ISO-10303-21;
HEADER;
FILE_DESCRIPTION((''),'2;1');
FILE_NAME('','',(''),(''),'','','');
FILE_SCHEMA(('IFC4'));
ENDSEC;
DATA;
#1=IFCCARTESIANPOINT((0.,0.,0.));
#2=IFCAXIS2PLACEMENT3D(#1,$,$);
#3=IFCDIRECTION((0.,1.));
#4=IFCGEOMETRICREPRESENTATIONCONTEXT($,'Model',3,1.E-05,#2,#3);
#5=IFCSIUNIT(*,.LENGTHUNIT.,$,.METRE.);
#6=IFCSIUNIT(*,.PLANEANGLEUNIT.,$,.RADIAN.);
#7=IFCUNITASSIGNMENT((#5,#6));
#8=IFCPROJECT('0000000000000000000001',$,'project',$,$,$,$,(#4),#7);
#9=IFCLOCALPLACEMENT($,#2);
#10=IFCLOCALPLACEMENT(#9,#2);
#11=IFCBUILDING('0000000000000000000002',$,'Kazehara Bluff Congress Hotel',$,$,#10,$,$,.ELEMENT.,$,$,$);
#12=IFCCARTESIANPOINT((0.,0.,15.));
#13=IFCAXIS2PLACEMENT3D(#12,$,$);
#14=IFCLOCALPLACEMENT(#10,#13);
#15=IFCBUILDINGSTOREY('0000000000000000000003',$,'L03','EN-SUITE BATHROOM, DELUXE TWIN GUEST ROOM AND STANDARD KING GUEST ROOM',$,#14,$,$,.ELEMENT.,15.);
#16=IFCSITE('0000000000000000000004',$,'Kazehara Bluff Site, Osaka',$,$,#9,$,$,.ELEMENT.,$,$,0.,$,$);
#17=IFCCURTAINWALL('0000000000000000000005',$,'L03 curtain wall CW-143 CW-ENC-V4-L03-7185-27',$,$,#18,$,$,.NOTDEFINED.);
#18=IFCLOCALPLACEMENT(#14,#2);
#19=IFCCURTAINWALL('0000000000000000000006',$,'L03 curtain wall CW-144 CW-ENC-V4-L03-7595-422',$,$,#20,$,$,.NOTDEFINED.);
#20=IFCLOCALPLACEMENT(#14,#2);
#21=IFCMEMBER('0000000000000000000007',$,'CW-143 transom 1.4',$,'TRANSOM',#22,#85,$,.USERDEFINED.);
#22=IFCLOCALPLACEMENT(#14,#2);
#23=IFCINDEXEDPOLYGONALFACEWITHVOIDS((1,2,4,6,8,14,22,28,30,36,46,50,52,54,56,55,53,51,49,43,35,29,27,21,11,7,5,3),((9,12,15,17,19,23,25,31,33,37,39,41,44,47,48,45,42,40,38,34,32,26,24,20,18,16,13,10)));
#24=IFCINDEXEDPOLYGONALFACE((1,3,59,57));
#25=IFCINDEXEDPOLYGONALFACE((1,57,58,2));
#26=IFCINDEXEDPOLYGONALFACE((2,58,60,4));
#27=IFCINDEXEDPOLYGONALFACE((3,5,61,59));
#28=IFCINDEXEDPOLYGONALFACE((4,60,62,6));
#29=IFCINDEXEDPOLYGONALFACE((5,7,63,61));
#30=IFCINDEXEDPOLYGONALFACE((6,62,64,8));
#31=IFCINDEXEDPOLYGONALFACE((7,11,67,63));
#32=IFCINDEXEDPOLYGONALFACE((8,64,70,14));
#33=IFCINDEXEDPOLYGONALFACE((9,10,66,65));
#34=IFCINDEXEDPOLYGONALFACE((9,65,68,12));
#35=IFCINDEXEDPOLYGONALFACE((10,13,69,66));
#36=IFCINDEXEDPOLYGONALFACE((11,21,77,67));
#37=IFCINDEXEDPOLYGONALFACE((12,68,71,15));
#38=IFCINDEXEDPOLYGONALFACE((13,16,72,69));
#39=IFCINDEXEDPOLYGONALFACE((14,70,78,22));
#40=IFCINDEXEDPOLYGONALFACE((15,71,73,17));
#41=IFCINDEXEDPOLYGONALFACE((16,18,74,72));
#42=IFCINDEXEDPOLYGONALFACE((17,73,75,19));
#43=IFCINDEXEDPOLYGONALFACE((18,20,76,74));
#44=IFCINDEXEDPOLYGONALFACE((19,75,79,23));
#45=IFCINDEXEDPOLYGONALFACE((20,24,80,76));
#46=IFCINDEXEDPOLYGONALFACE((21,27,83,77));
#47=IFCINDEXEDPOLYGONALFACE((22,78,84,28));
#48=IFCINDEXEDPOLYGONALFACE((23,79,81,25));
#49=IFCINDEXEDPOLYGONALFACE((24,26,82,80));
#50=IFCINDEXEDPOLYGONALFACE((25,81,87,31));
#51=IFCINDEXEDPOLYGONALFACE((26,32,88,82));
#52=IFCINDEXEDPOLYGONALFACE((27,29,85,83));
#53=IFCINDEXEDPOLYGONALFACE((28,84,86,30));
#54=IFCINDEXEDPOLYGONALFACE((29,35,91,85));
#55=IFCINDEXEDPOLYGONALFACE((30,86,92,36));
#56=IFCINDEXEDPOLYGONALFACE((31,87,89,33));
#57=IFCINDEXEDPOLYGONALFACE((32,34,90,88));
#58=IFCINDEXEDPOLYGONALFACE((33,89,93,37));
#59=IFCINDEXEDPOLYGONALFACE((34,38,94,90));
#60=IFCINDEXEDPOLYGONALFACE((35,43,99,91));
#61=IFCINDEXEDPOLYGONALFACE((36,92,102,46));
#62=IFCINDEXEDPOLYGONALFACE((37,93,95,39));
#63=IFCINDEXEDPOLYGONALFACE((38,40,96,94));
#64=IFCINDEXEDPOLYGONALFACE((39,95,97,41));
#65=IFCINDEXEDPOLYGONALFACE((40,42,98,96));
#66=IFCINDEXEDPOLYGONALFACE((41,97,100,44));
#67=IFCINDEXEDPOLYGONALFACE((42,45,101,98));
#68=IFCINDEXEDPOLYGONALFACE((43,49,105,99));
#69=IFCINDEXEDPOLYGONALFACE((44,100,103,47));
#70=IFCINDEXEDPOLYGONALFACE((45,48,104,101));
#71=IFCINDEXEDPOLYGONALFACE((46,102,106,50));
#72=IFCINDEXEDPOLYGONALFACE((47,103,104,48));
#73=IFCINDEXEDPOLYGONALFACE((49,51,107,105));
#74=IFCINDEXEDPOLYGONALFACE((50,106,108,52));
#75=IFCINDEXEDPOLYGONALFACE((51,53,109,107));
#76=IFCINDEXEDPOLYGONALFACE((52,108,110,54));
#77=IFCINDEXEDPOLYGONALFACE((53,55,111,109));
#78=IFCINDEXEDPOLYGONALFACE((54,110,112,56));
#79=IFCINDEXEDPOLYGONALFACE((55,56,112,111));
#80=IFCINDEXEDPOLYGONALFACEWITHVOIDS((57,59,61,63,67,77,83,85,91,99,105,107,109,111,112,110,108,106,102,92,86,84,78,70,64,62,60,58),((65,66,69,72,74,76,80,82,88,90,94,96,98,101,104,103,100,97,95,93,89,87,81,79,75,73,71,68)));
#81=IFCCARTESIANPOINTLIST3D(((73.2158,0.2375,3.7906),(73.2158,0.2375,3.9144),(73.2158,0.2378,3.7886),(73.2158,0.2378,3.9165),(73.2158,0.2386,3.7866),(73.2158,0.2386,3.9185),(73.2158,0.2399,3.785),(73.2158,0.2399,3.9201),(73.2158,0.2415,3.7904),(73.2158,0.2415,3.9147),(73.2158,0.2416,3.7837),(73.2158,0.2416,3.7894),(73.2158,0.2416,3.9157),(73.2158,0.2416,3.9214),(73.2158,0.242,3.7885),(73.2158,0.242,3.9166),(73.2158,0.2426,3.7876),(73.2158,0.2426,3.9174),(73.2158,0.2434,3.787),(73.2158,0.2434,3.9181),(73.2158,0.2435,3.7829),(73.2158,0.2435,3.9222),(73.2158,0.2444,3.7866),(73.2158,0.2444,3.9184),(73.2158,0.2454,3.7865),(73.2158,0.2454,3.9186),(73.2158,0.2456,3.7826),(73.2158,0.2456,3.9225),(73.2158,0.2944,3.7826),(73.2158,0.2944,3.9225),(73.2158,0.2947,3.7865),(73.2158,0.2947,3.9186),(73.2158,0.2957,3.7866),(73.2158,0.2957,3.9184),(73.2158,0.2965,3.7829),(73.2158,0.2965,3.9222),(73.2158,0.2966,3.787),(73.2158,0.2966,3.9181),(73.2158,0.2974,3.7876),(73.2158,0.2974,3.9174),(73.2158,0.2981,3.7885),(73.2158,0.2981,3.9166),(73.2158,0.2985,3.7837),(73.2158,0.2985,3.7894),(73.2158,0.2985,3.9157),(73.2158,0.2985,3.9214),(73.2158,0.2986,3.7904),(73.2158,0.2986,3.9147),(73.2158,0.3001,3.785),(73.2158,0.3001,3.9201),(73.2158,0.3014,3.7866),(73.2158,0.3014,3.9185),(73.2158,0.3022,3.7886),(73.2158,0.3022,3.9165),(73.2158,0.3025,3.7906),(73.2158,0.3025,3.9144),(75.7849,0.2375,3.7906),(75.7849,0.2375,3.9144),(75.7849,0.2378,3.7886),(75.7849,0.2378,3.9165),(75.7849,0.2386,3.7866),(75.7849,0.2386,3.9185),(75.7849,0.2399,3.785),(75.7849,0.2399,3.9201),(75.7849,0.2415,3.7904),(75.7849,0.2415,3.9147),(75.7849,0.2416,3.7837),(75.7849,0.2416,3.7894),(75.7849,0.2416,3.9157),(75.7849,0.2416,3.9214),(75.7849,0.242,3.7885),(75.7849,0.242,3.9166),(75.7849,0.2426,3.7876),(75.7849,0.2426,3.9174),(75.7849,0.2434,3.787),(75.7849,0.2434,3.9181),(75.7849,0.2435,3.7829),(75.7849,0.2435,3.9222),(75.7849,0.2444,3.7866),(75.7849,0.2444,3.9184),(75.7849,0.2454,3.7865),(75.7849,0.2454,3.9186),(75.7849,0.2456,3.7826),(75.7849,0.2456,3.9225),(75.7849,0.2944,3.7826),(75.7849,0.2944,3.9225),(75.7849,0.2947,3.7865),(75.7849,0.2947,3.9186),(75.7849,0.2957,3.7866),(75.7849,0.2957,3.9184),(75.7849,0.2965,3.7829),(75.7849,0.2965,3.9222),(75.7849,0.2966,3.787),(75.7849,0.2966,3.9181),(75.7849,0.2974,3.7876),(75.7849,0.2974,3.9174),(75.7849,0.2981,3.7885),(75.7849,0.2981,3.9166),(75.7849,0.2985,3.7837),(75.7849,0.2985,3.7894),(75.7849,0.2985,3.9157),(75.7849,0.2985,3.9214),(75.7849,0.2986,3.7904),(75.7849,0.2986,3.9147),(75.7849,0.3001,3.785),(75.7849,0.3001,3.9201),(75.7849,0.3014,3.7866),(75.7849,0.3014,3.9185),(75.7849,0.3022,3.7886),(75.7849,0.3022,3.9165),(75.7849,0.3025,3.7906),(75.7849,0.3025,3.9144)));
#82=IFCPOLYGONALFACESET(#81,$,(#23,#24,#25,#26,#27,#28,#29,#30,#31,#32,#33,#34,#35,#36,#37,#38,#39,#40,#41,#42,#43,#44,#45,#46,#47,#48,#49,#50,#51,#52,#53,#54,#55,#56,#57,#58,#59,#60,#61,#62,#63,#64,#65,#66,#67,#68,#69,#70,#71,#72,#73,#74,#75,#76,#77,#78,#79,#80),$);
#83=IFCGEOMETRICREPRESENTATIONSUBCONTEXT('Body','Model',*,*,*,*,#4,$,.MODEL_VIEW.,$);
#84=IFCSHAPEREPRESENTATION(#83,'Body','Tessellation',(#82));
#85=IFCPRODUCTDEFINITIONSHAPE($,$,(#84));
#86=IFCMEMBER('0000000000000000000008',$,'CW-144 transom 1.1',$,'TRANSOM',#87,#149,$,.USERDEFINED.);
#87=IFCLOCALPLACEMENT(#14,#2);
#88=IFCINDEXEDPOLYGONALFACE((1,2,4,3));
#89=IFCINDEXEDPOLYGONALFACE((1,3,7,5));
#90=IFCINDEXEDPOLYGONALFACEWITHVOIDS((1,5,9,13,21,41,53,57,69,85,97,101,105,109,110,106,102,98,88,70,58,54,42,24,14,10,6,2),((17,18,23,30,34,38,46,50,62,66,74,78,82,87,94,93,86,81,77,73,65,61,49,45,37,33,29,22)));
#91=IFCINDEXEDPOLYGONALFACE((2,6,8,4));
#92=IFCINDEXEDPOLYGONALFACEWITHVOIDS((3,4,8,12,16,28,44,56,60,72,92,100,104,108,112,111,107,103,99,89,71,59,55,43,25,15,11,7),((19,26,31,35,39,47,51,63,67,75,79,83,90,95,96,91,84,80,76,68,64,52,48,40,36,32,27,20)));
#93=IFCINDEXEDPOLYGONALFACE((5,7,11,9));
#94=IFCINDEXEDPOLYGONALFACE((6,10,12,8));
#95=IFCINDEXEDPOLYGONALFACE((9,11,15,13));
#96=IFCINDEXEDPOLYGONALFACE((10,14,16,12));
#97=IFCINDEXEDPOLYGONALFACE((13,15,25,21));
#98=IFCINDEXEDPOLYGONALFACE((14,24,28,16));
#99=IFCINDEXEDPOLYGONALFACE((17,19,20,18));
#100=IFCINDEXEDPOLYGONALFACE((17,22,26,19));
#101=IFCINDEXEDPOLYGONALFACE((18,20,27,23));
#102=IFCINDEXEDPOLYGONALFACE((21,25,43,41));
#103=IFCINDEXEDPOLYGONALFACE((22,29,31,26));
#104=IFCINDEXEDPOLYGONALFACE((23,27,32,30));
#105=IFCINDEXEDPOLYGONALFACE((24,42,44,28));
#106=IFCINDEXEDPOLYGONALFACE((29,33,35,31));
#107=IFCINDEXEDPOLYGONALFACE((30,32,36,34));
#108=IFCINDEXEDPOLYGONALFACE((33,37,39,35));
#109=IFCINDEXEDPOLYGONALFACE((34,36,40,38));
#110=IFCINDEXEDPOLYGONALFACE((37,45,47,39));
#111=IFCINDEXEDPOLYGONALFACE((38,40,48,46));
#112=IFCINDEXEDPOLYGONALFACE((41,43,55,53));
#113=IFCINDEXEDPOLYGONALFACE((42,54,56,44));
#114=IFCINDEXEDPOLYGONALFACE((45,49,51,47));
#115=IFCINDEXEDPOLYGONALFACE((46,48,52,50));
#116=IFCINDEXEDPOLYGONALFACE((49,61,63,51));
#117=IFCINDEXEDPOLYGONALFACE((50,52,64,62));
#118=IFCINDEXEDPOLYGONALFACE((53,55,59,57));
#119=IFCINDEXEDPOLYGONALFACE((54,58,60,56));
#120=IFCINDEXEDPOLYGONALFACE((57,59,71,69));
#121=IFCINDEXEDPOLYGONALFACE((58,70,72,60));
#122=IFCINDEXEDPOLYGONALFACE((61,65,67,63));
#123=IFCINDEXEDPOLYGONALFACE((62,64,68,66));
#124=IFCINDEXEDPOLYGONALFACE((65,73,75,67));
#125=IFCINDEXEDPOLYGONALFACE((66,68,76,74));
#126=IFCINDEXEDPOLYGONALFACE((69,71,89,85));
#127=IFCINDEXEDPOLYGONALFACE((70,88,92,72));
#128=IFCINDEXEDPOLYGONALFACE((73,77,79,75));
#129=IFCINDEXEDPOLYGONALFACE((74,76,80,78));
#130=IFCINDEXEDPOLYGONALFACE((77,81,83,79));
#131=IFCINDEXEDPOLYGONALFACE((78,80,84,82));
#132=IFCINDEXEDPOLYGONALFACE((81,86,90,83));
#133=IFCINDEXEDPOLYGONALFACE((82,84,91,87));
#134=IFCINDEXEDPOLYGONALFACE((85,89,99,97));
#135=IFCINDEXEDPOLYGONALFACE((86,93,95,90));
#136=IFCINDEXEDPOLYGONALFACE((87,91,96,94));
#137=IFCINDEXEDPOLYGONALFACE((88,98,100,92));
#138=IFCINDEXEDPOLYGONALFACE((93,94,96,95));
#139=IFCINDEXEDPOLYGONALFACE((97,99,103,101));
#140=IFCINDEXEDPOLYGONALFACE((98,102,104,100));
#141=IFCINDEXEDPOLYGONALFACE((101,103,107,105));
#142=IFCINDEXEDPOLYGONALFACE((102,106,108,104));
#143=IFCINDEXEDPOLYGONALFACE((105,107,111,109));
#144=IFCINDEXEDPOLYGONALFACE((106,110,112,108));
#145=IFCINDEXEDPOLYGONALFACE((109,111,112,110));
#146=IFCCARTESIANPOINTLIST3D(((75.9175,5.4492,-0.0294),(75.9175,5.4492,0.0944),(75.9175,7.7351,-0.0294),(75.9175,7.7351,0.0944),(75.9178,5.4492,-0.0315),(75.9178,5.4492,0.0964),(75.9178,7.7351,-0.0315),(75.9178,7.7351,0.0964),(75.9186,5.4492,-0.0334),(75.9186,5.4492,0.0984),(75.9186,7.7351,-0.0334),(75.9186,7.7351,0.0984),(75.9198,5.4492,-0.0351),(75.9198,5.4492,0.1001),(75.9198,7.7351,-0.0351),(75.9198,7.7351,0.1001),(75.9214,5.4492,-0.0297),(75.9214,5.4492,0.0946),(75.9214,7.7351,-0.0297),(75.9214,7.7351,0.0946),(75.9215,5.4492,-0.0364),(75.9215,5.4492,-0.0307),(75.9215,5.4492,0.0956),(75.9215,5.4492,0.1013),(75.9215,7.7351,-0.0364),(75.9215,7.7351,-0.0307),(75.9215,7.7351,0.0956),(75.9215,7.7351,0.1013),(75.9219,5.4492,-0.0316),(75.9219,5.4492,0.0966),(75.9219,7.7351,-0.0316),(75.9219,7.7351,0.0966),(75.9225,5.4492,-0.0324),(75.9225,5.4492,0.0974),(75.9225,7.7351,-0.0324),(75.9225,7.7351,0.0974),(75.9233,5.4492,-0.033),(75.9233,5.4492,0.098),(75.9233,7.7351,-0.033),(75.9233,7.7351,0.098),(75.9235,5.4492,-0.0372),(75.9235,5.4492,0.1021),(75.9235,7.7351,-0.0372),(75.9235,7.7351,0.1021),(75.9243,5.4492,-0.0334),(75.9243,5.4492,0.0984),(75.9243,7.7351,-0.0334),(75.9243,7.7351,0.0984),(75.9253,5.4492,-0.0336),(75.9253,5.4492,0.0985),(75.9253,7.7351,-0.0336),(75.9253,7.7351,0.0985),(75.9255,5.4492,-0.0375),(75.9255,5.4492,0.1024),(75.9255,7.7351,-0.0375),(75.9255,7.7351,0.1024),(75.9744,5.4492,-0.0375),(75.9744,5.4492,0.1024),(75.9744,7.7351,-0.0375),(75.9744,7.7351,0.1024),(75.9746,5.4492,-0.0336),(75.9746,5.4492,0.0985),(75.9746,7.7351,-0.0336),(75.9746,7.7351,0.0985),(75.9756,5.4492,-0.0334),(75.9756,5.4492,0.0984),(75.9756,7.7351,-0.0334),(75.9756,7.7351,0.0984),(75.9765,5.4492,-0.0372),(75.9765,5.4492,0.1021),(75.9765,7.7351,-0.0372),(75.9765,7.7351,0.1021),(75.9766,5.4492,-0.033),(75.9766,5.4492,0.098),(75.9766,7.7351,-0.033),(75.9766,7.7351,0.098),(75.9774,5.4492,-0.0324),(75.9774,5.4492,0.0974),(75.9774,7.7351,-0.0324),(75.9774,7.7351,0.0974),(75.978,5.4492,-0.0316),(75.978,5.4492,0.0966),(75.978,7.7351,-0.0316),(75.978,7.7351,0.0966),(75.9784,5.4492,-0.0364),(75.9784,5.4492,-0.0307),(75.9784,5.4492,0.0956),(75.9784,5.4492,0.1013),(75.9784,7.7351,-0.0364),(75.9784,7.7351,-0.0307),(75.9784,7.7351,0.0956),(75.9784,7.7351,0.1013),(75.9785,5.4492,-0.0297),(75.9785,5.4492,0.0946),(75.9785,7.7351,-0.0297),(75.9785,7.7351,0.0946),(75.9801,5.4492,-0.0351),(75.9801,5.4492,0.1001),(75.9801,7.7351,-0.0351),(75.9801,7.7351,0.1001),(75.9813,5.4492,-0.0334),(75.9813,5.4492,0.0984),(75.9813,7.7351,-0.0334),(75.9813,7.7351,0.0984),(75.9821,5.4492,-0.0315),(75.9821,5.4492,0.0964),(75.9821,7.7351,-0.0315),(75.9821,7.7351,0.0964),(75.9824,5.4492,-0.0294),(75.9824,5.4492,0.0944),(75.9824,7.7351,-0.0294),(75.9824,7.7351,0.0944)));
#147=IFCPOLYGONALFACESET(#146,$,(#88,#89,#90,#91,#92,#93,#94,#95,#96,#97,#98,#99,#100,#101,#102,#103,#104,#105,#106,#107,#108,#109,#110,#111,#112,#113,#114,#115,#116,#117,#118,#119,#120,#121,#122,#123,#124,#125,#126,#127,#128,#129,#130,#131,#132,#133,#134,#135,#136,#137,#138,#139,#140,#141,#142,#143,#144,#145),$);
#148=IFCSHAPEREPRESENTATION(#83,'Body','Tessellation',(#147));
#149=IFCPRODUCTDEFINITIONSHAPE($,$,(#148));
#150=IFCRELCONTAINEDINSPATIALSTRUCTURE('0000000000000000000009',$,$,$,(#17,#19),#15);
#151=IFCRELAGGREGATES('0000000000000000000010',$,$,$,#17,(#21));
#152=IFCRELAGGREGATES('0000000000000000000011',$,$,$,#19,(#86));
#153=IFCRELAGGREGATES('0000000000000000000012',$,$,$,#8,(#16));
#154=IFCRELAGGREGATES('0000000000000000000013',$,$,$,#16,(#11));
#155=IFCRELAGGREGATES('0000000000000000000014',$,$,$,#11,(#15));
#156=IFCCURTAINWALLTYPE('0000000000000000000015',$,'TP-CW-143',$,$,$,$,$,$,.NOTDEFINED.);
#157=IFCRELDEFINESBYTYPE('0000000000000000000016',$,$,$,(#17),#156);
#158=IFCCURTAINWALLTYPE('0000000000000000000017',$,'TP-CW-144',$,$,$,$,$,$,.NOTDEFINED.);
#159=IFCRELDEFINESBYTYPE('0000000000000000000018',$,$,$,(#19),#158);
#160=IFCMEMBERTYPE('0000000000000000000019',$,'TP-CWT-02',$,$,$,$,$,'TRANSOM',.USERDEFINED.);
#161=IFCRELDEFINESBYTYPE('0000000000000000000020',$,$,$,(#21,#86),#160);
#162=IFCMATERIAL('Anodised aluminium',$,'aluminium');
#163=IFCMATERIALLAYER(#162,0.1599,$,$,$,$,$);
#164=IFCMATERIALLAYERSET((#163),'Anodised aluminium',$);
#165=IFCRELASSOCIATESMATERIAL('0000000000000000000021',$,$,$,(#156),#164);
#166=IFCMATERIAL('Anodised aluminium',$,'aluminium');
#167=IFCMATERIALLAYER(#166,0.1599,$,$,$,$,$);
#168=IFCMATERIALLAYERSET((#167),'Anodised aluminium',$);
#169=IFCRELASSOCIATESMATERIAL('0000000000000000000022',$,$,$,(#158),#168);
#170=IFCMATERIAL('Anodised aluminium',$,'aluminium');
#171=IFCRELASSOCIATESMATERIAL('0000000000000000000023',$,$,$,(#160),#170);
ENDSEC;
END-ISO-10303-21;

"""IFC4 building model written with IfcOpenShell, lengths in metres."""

from ifc_helpers import new_model, si_unit, direction, frame, origin, origin_2d, place, context, subcontext, project, spatial, hollow_rectangle, extrude, material, layer, layer_set, material_profile, profile_set, type_object, element, aggregate, save


model = new_model("IFC4")

# Units and contexts
model_context = context("Model", 3, precision=1e-05, world=origin(), true_north=direction((0.0, 1.0)))
body_context = subcontext(model_context, "Body", "Model", "MODEL_VIEW")
ifc_project = project(units=[si_unit("LENGTHUNIT", "METRE"), si_unit("PLANEANGLEUNIT", "RADIAN")], contexts=[model_context])

# Site, building, storey
site_placement = place(None, origin())
site = spatial("IfcSite", under=ifc_project, at=site_placement, Name="Kazehara Bluff Site, Osaka", CompositionType="ELEMENT", RefElevation=0.0)
building_placement = place(site_placement, origin())
building = spatial("IfcBuilding", under=site, at=building_placement, Name="Kazehara Bluff Congress Hotel", CompositionType="ELEMENT")
storey_placement = place(building_placement, frame((0.0, 0.0, 15.0)))
storey = spatial("IfcBuildingStorey", under=building, at=storey_placement, Name="L03", Description="EN-SUITE BATHROOM, DELUXE TWIN GUEST ROOM AND STANDARD KING GUEST ROOM", CompositionType="ELEMENT", Elevation=15.0)

# Curtain wall
ifc_material_1 = material(Name="Anodised aluminium", Category="aluminium")
ifc_layer_1 = layer(ifc_material_1, 0.1599)
ifc_layer_set_1 = layer_set([ifc_layer_1], Name="Anodised aluminium")
curtain_wall_type_1 = type_object("IfcCurtainWallType", Name="TP-CW-143", PredefinedType="NOTDEFINED", material=ifc_layer_set_1)
curtain_wall_1_placement = place(storey_placement, origin())
curtain_wall_1 = element("IfcCurtainWall", 1, at=curtain_wall_1_placement, inside=storey, type_object=curtain_wall_type_1, Name="L03 curtain wall CW-143 CW-ENC-V4-L03-7185-27", PredefinedType="NOTDEFINED")

# Curtain wall
ifc_material_2 = material(Name="Anodised aluminium", Category="aluminium")
ifc_layer_2 = layer(ifc_material_2, 0.1599)
ifc_layer_set_2 = layer_set([ifc_layer_2], Name="Anodised aluminium")
curtain_wall_type_2 = type_object("IfcCurtainWallType", Name="TP-CW-144", PredefinedType="NOTDEFINED", material=ifc_layer_set_2)
curtain_wall_2_placement = place(storey_placement, origin())
curtain_wall_2 = element("IfcCurtainWall", 2, at=curtain_wall_2_placement, inside=storey, type_object=curtain_wall_type_2, Name="L03 curtain wall CW-144 CW-ENC-V4-L03-7595-422", PredefinedType="NOTDEFINED")

# Members
ifc_material_3 = material(Name="Anodised aluminium", Category="aluminium")
ifc_material_profile_1 = material_profile(ifc_material_3, hollow_rectangle(XDim=0.0649, YDim=0.1399, WallThickness=0.0039, InnerFilletRadius=0.0039, OuterFilletRadius=0.0081, at=origin_2d()))
ifc_profile_set_1 = profile_set([ifc_material_profile_1], Name="Anodised aluminium")
member_type_1 = type_object("IfcMemberType", Name="TP-CWT-02", ElementType="TRANSOM", PredefinedType="USERDEFINED", material=ifc_profile_set_1)
member_1_placement = place(storey_placement, frame((75.7849, 0.27, 3.8525), z_axis=(-1.0, 0.0, 0.0), x_axis=(0.0, -1.0, 0.0)))
member_1 = element("IfcMember", 3, at=member_1_placement, type_object=member_type_1, Name="CW-143 transom 1.4", ObjectType="TRANSOM", PredefinedType="USERDEFINED", context=body_context, shape_type="SweptSolid", body=[
    extrude(hollow_rectangle(XDim=0.0649, YDim=0.1399, WallThickness=0.0039, InnerFilletRadius=0.0039, OuterFilletRadius=0.0081, at=origin_2d()), origin(), (0.0, 0.0, 1.0), 2.5691),
])
aggregate(curtain_wall_1, [member_1])
member_2_placement = place(storey_placement, frame((75.95, 7.7351, 0.0325), z_axis=(0.0, -1.0, 0.0), x_axis=(1.0, 0.0, 0.0)))
member_2 = element("IfcMember", 4, at=member_2_placement, type_object=member_type_1, Name="CW-144 transom 1.1", ObjectType="TRANSOM", PredefinedType="USERDEFINED", context=body_context, shape_type="SweptSolid", body=[
    extrude(hollow_rectangle(XDim=0.0649, YDim=0.1399, WallThickness=0.0039, InnerFilletRadius=0.0039, OuterFilletRadius=0.0081, at=origin_2d()), origin(), (0.0, 0.0, 1.0), 2.2859),
])

aggregate(curtain_wall_2, [member_2])

save(model, "model.ifc")
